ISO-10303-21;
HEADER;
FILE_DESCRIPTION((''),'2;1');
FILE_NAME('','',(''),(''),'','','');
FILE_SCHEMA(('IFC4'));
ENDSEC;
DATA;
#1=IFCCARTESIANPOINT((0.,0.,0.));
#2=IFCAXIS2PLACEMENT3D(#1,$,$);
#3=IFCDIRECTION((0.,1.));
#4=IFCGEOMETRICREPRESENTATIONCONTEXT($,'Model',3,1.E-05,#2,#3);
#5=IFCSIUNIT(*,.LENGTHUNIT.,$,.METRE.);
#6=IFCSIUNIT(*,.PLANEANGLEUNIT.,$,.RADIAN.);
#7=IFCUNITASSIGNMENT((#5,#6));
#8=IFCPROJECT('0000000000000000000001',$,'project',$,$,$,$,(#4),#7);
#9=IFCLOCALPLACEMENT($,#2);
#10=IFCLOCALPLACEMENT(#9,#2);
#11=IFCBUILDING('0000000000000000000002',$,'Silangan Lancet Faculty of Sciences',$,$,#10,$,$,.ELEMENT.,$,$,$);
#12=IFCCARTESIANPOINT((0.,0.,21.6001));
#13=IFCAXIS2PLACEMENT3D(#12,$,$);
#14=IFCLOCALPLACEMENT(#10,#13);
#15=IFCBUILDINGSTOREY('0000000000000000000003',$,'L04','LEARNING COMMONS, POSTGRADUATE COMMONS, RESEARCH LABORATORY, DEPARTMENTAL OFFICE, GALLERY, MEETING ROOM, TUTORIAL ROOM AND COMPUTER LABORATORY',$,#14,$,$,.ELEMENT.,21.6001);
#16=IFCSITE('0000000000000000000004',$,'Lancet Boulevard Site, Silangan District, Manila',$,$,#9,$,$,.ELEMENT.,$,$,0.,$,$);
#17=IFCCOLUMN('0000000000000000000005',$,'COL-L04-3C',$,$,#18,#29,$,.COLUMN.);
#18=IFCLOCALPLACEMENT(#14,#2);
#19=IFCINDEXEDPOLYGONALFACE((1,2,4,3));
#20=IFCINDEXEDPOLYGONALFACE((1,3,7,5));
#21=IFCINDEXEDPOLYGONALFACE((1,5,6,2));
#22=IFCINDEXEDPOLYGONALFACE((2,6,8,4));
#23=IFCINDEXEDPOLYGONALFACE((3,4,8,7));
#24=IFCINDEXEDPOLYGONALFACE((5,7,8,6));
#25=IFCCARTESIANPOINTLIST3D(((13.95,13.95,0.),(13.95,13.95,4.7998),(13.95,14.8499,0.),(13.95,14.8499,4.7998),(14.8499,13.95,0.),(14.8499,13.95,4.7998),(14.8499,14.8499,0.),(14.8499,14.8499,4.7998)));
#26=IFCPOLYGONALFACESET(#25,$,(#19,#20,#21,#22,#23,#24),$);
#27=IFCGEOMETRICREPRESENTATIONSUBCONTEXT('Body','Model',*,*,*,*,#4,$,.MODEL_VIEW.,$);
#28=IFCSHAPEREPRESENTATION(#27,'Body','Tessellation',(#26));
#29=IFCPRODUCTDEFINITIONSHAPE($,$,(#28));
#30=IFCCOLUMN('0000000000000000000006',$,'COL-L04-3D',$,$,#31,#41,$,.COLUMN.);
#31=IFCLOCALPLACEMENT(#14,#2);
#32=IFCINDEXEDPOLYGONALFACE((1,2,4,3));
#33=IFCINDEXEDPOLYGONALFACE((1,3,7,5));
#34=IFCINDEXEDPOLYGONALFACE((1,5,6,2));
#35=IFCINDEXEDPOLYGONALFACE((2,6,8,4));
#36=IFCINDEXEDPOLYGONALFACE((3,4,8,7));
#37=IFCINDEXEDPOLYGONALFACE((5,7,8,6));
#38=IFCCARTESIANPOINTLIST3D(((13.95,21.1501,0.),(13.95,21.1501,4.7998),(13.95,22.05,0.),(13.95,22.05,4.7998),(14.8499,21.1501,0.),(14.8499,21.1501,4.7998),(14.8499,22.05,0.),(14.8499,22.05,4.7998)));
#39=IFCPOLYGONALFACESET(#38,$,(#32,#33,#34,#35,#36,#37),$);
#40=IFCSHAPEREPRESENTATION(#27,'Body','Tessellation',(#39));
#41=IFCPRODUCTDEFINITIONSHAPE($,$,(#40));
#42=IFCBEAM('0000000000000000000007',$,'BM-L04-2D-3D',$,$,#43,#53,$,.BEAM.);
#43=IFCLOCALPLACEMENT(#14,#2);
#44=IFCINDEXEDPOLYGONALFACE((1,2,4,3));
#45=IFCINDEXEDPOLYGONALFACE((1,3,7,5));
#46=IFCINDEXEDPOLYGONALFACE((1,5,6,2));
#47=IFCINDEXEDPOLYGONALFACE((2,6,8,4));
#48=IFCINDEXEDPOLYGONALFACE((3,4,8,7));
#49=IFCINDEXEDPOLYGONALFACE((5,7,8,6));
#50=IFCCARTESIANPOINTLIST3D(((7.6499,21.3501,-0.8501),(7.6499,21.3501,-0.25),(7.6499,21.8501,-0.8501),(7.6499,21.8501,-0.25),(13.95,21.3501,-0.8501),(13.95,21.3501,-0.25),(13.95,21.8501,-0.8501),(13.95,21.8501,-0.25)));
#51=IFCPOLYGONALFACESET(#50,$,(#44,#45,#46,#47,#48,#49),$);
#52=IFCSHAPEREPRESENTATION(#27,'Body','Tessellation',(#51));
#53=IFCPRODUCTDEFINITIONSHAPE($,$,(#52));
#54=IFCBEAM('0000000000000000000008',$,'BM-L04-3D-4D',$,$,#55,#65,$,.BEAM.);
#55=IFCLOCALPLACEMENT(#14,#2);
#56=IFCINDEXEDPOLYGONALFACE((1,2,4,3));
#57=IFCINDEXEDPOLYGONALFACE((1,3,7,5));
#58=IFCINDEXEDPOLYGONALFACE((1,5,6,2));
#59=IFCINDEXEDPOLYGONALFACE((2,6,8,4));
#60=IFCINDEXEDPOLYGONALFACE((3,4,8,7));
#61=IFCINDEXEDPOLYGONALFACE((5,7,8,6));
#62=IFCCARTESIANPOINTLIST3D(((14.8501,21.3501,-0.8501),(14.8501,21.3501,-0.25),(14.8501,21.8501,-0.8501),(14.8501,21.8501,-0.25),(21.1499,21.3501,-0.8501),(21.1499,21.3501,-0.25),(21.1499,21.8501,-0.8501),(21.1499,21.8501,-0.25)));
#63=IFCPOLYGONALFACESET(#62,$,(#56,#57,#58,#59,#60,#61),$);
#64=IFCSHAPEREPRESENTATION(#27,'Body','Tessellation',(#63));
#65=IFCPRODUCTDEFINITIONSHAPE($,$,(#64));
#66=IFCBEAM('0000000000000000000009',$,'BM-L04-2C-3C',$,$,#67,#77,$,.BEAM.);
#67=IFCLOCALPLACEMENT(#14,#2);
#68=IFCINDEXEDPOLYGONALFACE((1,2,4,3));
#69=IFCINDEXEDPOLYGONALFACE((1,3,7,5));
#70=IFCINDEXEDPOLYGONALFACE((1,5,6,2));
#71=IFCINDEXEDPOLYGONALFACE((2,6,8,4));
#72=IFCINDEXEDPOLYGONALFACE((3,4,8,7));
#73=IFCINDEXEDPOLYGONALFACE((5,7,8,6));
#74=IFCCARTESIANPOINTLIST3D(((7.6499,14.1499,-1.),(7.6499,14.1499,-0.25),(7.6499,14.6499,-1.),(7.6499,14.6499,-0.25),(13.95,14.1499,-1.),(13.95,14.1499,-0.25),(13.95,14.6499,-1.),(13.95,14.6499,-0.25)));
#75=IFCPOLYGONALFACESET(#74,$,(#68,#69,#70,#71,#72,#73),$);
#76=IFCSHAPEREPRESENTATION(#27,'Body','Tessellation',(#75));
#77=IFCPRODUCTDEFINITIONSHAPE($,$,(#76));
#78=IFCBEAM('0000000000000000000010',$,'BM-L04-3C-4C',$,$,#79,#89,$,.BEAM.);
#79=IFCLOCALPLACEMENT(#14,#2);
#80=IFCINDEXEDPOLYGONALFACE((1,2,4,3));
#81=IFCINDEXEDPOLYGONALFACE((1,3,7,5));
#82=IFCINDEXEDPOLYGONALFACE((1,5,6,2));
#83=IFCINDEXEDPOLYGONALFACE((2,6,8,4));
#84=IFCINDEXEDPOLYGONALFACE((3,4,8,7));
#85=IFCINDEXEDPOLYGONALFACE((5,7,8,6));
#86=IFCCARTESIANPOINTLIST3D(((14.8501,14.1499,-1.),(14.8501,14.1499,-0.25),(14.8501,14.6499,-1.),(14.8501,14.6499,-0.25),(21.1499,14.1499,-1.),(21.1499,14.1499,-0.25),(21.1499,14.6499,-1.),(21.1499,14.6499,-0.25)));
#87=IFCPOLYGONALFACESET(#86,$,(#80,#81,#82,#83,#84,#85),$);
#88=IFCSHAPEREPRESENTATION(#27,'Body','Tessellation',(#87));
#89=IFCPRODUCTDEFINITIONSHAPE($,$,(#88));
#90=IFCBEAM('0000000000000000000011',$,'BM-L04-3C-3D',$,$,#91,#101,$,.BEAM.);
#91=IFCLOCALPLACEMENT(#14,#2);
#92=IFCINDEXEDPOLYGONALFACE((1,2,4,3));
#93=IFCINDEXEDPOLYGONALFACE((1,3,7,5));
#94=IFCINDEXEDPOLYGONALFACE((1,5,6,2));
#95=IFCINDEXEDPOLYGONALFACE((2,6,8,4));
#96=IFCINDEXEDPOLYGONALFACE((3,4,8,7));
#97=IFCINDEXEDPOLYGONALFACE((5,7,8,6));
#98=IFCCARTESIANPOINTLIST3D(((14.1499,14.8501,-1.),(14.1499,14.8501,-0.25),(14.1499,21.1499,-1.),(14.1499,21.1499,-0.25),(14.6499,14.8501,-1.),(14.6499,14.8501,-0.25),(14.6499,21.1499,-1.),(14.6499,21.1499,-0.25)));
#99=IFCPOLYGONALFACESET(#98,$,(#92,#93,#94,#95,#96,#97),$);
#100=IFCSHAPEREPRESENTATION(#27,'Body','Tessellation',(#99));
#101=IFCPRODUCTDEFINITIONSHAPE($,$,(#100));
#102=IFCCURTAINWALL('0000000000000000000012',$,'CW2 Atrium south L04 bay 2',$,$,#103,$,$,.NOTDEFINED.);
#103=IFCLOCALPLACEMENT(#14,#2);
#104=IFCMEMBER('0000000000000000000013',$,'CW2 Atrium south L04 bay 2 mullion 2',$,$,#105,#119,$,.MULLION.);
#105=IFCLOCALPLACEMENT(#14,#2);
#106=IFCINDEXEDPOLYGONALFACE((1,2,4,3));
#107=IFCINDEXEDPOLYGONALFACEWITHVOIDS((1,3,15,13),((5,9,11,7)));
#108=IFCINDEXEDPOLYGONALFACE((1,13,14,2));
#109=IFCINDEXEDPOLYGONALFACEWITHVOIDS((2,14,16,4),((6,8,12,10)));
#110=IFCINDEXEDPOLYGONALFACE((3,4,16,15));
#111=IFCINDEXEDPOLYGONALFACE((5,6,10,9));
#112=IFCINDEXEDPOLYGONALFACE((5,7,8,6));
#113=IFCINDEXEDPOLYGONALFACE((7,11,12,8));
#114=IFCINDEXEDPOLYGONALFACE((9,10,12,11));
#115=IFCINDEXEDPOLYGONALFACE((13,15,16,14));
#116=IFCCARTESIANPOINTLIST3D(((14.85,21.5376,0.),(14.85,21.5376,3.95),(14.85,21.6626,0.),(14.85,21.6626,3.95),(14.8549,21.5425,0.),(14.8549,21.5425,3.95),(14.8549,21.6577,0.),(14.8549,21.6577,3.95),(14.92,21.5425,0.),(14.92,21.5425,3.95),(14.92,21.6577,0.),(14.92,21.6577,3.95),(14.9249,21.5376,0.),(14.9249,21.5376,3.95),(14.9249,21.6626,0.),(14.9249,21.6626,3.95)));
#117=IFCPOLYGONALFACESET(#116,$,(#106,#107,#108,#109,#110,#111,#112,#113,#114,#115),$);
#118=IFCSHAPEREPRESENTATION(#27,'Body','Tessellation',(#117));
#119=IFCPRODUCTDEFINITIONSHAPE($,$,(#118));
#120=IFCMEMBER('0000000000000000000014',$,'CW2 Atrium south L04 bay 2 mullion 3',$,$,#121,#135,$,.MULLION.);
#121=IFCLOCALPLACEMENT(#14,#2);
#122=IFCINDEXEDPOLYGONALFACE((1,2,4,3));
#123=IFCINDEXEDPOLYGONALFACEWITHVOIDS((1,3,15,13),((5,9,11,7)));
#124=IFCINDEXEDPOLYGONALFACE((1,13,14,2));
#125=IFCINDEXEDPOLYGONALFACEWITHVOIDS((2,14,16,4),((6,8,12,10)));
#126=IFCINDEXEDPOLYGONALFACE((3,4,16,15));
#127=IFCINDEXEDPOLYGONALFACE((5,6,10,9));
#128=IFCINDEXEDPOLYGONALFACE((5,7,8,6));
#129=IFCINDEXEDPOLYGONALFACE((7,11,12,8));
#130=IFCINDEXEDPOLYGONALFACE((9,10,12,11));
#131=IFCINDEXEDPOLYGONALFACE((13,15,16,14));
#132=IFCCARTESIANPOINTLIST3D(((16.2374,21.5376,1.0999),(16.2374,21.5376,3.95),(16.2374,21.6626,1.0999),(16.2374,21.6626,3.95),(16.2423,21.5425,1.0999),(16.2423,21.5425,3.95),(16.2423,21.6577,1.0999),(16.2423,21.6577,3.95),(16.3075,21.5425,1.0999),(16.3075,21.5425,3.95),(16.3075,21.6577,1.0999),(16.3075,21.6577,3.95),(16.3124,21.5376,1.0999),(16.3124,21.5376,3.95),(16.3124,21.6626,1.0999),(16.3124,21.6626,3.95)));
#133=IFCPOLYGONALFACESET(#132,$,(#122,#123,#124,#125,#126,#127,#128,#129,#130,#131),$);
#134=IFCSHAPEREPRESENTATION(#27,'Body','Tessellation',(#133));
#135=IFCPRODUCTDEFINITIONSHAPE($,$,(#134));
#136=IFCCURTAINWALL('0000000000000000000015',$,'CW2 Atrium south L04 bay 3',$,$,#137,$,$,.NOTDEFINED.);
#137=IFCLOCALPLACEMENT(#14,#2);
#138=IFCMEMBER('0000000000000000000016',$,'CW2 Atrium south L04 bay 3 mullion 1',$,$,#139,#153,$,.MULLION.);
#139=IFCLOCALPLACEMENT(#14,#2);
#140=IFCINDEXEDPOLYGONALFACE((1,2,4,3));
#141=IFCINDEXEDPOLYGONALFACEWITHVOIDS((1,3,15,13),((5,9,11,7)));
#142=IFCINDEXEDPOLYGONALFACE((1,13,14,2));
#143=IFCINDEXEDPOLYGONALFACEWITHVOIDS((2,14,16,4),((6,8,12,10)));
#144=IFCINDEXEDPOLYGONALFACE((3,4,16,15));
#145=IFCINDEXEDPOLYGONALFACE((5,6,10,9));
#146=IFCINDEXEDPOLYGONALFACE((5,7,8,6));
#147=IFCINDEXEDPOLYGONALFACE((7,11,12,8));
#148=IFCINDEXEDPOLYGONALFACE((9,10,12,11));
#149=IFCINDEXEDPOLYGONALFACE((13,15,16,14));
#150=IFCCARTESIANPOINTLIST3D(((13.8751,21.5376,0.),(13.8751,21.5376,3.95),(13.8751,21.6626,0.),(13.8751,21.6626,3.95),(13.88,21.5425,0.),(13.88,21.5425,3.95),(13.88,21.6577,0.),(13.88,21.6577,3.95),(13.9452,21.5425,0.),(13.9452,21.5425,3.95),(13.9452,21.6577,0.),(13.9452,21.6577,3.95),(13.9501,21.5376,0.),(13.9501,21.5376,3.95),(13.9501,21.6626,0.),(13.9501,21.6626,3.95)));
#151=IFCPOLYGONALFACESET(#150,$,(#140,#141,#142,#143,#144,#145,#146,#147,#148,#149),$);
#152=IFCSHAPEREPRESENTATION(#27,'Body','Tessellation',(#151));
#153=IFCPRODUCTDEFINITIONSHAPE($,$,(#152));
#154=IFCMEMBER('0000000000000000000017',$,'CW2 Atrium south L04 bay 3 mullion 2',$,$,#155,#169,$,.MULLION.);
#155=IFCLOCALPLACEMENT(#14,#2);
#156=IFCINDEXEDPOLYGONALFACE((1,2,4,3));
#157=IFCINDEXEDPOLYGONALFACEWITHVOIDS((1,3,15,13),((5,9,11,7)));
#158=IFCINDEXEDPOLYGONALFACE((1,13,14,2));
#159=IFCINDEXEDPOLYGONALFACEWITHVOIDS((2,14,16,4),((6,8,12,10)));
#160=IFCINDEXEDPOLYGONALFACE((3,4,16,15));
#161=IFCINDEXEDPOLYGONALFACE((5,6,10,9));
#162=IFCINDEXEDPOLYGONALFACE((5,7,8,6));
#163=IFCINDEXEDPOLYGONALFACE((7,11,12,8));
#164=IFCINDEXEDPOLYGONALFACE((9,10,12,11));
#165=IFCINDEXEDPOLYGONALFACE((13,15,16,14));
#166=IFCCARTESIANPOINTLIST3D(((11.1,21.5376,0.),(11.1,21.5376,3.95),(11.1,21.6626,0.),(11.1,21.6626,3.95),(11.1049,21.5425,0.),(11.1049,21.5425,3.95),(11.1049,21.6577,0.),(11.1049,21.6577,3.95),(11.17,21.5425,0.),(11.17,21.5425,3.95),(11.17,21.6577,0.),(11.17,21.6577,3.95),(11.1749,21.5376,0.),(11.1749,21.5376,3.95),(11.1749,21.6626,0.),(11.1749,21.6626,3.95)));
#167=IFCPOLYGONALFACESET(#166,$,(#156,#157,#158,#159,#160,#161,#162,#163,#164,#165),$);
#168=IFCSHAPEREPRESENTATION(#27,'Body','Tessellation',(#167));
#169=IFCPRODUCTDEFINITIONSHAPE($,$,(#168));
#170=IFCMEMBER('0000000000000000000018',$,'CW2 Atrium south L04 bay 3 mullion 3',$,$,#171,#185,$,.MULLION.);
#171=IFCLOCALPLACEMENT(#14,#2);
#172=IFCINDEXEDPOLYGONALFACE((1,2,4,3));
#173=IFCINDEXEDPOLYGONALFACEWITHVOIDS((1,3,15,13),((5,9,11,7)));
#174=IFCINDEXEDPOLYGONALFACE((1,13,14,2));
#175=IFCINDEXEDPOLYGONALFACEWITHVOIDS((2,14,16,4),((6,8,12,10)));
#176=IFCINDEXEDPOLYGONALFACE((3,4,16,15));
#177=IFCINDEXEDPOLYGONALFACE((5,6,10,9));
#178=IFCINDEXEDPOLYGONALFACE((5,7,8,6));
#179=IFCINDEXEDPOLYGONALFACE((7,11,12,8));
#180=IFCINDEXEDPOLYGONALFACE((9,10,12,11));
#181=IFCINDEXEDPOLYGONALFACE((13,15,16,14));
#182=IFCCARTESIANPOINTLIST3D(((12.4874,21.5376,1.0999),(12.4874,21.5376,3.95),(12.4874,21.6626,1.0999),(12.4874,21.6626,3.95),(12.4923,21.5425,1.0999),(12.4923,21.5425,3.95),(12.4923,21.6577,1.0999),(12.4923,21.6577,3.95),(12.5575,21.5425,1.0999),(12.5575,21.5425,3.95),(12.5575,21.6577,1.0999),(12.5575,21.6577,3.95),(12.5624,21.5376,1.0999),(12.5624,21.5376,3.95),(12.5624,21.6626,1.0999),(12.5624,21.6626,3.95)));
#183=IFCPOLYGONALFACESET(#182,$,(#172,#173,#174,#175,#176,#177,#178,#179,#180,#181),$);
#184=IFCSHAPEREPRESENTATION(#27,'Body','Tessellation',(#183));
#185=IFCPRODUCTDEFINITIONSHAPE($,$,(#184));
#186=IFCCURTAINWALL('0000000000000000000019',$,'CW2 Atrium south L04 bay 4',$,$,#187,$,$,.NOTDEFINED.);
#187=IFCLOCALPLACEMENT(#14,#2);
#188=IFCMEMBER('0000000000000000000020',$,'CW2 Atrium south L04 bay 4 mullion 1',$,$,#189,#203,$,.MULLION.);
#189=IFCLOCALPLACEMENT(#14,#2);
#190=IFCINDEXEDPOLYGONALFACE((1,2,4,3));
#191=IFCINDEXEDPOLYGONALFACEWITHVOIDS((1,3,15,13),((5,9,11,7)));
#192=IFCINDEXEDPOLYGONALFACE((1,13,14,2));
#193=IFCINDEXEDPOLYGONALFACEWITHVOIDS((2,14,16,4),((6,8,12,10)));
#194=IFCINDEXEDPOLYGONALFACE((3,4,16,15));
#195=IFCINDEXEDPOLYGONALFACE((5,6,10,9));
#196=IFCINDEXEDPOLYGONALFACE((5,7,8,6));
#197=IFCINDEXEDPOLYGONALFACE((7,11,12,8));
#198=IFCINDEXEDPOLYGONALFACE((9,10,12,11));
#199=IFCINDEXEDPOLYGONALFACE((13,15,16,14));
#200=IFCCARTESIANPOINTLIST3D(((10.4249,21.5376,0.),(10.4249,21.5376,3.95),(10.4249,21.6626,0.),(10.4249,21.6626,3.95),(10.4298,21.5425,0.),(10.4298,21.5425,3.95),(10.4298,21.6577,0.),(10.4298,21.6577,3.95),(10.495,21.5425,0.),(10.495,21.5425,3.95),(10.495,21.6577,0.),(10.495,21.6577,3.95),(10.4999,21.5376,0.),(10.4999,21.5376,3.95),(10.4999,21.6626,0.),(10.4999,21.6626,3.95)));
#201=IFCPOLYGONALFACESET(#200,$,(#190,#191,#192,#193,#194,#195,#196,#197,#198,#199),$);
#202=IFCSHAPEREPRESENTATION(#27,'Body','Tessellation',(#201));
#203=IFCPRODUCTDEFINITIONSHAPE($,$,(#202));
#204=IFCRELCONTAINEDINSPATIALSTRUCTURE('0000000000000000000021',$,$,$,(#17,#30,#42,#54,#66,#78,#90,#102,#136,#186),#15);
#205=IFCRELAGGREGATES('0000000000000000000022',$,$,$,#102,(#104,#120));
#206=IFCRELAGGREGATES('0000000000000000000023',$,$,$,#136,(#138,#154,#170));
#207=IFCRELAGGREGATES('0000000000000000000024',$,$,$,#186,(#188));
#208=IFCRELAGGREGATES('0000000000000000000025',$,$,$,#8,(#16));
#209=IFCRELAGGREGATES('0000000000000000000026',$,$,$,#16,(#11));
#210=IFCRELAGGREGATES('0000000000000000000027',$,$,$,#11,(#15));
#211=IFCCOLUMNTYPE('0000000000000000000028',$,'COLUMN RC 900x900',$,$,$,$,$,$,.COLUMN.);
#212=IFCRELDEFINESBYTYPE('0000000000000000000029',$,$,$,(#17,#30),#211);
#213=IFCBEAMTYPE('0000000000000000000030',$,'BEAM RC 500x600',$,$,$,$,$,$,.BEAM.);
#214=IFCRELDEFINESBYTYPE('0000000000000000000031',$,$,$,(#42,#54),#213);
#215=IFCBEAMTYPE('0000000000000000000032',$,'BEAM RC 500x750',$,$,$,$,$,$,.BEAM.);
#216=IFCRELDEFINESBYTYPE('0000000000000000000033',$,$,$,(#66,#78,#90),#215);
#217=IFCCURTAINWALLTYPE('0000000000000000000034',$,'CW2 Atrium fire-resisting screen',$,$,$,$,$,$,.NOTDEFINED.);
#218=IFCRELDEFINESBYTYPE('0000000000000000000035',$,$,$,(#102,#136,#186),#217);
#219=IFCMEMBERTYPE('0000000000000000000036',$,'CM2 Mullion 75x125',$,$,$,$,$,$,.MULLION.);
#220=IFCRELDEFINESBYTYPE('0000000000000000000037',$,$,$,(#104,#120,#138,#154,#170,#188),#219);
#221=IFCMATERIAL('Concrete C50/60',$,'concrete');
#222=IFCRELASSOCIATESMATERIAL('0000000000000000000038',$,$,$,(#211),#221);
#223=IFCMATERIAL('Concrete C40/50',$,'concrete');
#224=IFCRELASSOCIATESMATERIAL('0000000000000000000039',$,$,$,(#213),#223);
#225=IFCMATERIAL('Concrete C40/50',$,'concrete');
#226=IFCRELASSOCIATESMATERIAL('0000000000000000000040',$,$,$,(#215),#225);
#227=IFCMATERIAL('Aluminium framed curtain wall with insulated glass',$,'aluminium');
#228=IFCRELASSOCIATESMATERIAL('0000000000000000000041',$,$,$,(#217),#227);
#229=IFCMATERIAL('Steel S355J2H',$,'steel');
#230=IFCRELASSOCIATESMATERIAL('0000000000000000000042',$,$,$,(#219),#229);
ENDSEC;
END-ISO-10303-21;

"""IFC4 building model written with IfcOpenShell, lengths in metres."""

from ifc_helpers import new_model, si_unit, direction, frame, origin, origin_2d, place, context, subcontext, project, spatial, rectangle, hollow_rectangle, extrude, material, material_profile, profile_set, type_object, element, aggregate, save


model = new_model("IFC4")

# Units and contexts
model_context = context("Model", 3, precision=1e-05, world=origin(), true_north=direction((0.0, 1.0)))
body_context = subcontext(model_context, "Body", "Model", "MODEL_VIEW")
ifc_project = project(units=[si_unit("LENGTHUNIT", "METRE"), si_unit("PLANEANGLEUNIT", "RADIAN")], contexts=[model_context])

# Site, building, storey
site_placement = place(None, origin())
site = spatial("IfcSite", under=ifc_project, at=site_placement, Name="Lancet Boulevard Site, Silangan District, Manila", CompositionType="ELEMENT", RefElevation=0.0)
building_placement = place(site_placement, origin())
building = spatial("IfcBuilding", under=site, at=building_placement, Name="Silangan Lancet Faculty of Sciences", CompositionType="ELEMENT")
storey_placement = place(building_placement, frame((0.0, 0.0, 21.6001)))
storey = spatial("IfcBuildingStorey", under=building, at=storey_placement, Name="L04", Description="LEARNING COMMONS, POSTGRADUATE COMMONS, RESEARCH LABORATORY, DEPARTMENTAL OFFICE, GALLERY, MEETING ROOM, TUTORIAL ROOM AND COMPUTER LABORATORY", CompositionType="ELEMENT", Elevation=21.6001)

# Columns
ifc_material_1 = material(Name="Concrete C50/60", Category="concrete")
ifc_material_profile_1 = material_profile(ifc_material_1, rectangle(XDim=0.8999, YDim=0.8999, at=origin_2d()), Name="RC 900x900")
ifc_profile_set_1 = profile_set([ifc_material_profile_1], Name="Concrete C50/60")
column_type = type_object("IfcColumnType", Name="COLUMN RC 900x900", PredefinedType="COLUMN", material=ifc_profile_set_1)
for number, where, z_axis, x_axis, name in (
    (1, (14.3999, 14.3999, 0.0), (0.0, 0.0, 1.0), (1.0, 0.0, 0.0), "COL-L04-3C"),
    (2, (14.3999, 21.6001, 0.0), (0.0, 0.0, 1.0), (1.0, 0.0, 0.0), "COL-L04-3D"),
):
    element("IfcColumn", number, at=place(storey_placement, frame(where, z_axis=z_axis, x_axis=x_axis)), inside=storey, type_object=column_type, Name=name, PredefinedType="COLUMN", context=body_context, shape_type="SweptSolid", body=[
        extrude(rectangle(XDim=0.8999, YDim=0.8999, at=origin_2d()), origin(), (0.0, 0.0, 1.0), 4.7998),
    ])

# Beams
ifc_material_2 = material(Name="Concrete C40/50", Category="concrete")
ifc_material_profile_2 = material_profile(ifc_material_2, rectangle(XDim=0.5, YDim=0.6001, at=origin_2d()), Name="RC 500x600")
ifc_profile_set_2 = profile_set([ifc_material_profile_2], Name="Concrete C40/50")
beam_type_1 = type_object("IfcBeamType", Name="BEAM RC 500x600", PredefinedType="BEAM", material=ifc_profile_set_2)
beam_1_placement = place(storey_placement, frame((7.6499, 21.6001, -0.55), z_axis=(1.0, 0.0, 0.0), x_axis=(0.0, 1.0, 0.0)))
element("IfcBeam", 3, at=beam_1_placement, inside=storey, type_object=beam_type_1, Name="BM-L04-2D-3D", PredefinedType="BEAM", context=body_context, shape_type="SweptSolid", body=[
    extrude(rectangle(XDim=0.5, YDim=0.6001, at=origin_2d()), origin(), (0.0, 0.0, 1.0), 6.3),
])
beam_2_placement = place(storey_placement, frame((14.8501, 21.6001, -0.55), z_axis=(1.0, 0.0, 0.0), x_axis=(0.0, 1.0, 0.0)))
element("IfcBeam", 4, at=beam_2_placement, inside=storey, type_object=beam_type_1, Name="BM-L04-3D-4D", PredefinedType="BEAM", context=body_context, shape_type="SweptSolid", body=[
    extrude(rectangle(XDim=0.5, YDim=0.6001, at=origin_2d()), origin(), (0.0, 0.0, 1.0), 6.2998),
])
ifc_material_3 = material(Name="Concrete C40/50", Category="concrete")
ifc_material_profile_3 = material_profile(ifc_material_3, rectangle(XDim=0.5, YDim=0.75, at=origin_2d()), Name="RC 500x750")
ifc_profile_set_3 = profile_set([ifc_material_profile_3], Name="Concrete C40/50")
beam_type_2 = type_object("IfcBeamType", Name="BEAM RC 500x750", PredefinedType="BEAM", material=ifc_profile_set_3)
beam_3_placement = place(storey_placement, frame((7.6499, 14.3999, -0.625), z_axis=(1.0, 0.0, 0.0), x_axis=(0.0, 1.0, 0.0)))
element("IfcBeam", 5, at=beam_3_placement, inside=storey, type_object=beam_type_2, Name="BM-L04-2C-3C", PredefinedType="BEAM", context=body_context, shape_type="SweptSolid", body=[
    extrude(rectangle(XDim=0.5, YDim=0.75, at=origin_2d()), origin(), (0.0, 0.0, 1.0), 6.3),
])
for number, where, z_axis, x_axis, name in (
    (6, (14.8501, 14.3999, -0.625), (1.0, 0.0, 0.0), (0.0, 1.0, 0.0), "BM-L04-3C-4C"),
    (7, (14.3999, 14.8501, -0.625), (0.0, 1.0, 0.0), (-1.0, 0.0, 0.0), "BM-L04-3C-3D"),
):
    element("IfcBeam", number, at=place(storey_placement, frame(where, z_axis=z_axis, x_axis=x_axis)), inside=storey, type_object=beam_type_2, Name=name, PredefinedType="BEAM", context=body_context, shape_type="SweptSolid", body=[
        extrude(rectangle(XDim=0.5, YDim=0.75, at=origin_2d()), origin(), (0.0, 0.0, 1.0), 6.2998),
    ])

# Curtain walls, members
ifc_material_4 = material(Name="Aluminium framed curtain wall with insulated glass", Category="aluminium")
curtain_wall_type = type_object("IfcCurtainWallType", Name="CW2 Atrium fire-resisting screen", PredefinedType="NOTDEFINED", material=ifc_material_4)
curtain_wall_1_placement = place(storey_placement, origin())
curtain_wall_1 = element("IfcCurtainWall", 8, at=curtain_wall_1_placement, inside=storey, type_object=curtain_wall_type, Name="CW2 Atrium south L04 bay 2", PredefinedType="NOTDEFINED")
ifc_material_5 = material(Name="Steel S355J2H", Category="steel")
ifc_material_profile_4 = material_profile(ifc_material_5, hollow_rectangle(XDim=0.075, YDim=0.125, WallThickness=0.0049, at=origin_2d()), Name="ST BOX 75x125x5")
ifc_profile_set_4 = profile_set([ifc_material_profile_4], Name="Steel S355J2H")
member_type_1 = type_object("IfcMemberType", Name="CM2 Mullion 75x125", PredefinedType="MULLION", material=ifc_profile_set_4)
member_1_placement = place(storey_placement, frame((14.8875, 21.6001, 0.0), z_axis=(0.0, 0.0, 1.0), x_axis=(-1.0, 0.0, 0.0)))
member_1 = element("IfcMember", 9, at=member_1_placement, type_object=member_type_1, Name="CW2 Atrium south L04 bay 2 mullion 2", PredefinedType="MULLION", context=body_context, shape_type="SweptSolid", body=[
    extrude(hollow_rectangle(XDim=0.075, YDim=0.125, WallThickness=0.0049, at=origin_2d()), origin(), (0.0, 0.0, 1.0), 3.95),
])
member_2_placement = place(storey_placement, frame((16.2749, 21.6001, 1.0999), z_axis=(0.0, 0.0, 1.0), x_axis=(-1.0, 0.0, 0.0)))
member_2 = element("IfcMember", 10, at=member_2_placement, type_object=member_type_1, Name="CW2 Atrium south L04 bay 2 mullion 3", PredefinedType="MULLION", context=body_context, shape_type="SweptSolid", body=[
    extrude(hollow_rectangle(XDim=0.075, YDim=0.125, WallThickness=0.0049, at=origin_2d()), origin(), (0.0, 0.0, 1.0), 2.8501),
])
curtain_wall_2_placement = place(storey_placement, origin())
curtain_wall_2 = element("IfcCurtainWall", 11, at=curtain_wall_2_placement, inside=storey, type_object=curtain_wall_type, Name="CW2 Atrium south L04 bay 3", PredefinedType="NOTDEFINED")
member_3_placement = place(storey_placement, frame((13.9126, 21.6001, 0.0), z_axis=(0.0, 0.0, 1.0), x_axis=(-1.0, 0.0, 0.0)))
member_3 = element("IfcMember", 12, at=member_3_placement, type_object=member_type_1, Name="CW2 Atrium south L04 bay 3 mullion 1", PredefinedType="MULLION", context=body_context, shape_type="SweptSolid", body=[
    extrude(hollow_rectangle(XDim=0.075, YDim=0.125, WallThickness=0.0049, at=origin_2d()), origin(), (0.0, 0.0, 1.0), 3.95),
])
member_4_placement = place(storey_placement, frame((11.1375, 21.6001, 0.0), z_axis=(0.0, 0.0, 1.0), x_axis=(-1.0, 0.0, 0.0)))
member_4 = element("IfcMember", 13, at=member_4_placement, type_object=member_type_1, Name="CW2 Atrium south L04 bay 3 mullion 2", PredefinedType="MULLION", context=body_context, shape_type="SweptSolid", body=[
    extrude(hollow_rectangle(XDim=0.075, YDim=0.125, WallThickness=0.0049, at=origin_2d()), origin(), (0.0, 0.0, 1.0), 3.95),
])
member_5_placement = place(storey_placement, frame((12.5249, 21.6001, 1.0999), z_axis=(0.0, 0.0, 1.0), x_axis=(-1.0, 0.0, 0.0)))
member_5 = element("IfcMember", 14, at=member_5_placement, type_object=member_type_1, Name="CW2 Atrium south L04 bay 3 mullion 3", PredefinedType="MULLION", context=body_context, shape_type="SweptSolid", body=[
    extrude(hollow_rectangle(XDim=0.075, YDim=0.125, WallThickness=0.0049, at=origin_2d()), origin(), (0.0, 0.0, 1.0), 2.8501),
])
curtain_wall_3_placement = place(storey_placement, origin())
curtain_wall_3 = element("IfcCurtainWall", 15, at=curtain_wall_3_placement, inside=storey, type_object=curtain_wall_type, Name="CW2 Atrium south L04 bay 4", PredefinedType="NOTDEFINED")
member_6_placement = place(storey_placement, frame((10.4624, 21.6001, 0.0), z_axis=(0.0, 0.0, 1.0), x_axis=(-1.0, 0.0, 0.0)))
member_6 = element("IfcMember", 16, at=member_6_placement, type_object=member_type_1, Name="CW2 Atrium south L04 bay 4 mullion 1", PredefinedType="MULLION", context=body_context, shape_type="SweptSolid", body=[
    extrude(hollow_rectangle(XDim=0.075, YDim=0.125, WallThickness=0.0049, at=origin_2d()), origin(), (0.0, 0.0, 1.0), 3.95),
])

aggregate(curtain_wall_1, [member_1, member_2])
aggregate(curtain_wall_2, [member_3, member_4, member_5])
aggregate(curtain_wall_3, [member_6])

save(model, "model.ifc")
